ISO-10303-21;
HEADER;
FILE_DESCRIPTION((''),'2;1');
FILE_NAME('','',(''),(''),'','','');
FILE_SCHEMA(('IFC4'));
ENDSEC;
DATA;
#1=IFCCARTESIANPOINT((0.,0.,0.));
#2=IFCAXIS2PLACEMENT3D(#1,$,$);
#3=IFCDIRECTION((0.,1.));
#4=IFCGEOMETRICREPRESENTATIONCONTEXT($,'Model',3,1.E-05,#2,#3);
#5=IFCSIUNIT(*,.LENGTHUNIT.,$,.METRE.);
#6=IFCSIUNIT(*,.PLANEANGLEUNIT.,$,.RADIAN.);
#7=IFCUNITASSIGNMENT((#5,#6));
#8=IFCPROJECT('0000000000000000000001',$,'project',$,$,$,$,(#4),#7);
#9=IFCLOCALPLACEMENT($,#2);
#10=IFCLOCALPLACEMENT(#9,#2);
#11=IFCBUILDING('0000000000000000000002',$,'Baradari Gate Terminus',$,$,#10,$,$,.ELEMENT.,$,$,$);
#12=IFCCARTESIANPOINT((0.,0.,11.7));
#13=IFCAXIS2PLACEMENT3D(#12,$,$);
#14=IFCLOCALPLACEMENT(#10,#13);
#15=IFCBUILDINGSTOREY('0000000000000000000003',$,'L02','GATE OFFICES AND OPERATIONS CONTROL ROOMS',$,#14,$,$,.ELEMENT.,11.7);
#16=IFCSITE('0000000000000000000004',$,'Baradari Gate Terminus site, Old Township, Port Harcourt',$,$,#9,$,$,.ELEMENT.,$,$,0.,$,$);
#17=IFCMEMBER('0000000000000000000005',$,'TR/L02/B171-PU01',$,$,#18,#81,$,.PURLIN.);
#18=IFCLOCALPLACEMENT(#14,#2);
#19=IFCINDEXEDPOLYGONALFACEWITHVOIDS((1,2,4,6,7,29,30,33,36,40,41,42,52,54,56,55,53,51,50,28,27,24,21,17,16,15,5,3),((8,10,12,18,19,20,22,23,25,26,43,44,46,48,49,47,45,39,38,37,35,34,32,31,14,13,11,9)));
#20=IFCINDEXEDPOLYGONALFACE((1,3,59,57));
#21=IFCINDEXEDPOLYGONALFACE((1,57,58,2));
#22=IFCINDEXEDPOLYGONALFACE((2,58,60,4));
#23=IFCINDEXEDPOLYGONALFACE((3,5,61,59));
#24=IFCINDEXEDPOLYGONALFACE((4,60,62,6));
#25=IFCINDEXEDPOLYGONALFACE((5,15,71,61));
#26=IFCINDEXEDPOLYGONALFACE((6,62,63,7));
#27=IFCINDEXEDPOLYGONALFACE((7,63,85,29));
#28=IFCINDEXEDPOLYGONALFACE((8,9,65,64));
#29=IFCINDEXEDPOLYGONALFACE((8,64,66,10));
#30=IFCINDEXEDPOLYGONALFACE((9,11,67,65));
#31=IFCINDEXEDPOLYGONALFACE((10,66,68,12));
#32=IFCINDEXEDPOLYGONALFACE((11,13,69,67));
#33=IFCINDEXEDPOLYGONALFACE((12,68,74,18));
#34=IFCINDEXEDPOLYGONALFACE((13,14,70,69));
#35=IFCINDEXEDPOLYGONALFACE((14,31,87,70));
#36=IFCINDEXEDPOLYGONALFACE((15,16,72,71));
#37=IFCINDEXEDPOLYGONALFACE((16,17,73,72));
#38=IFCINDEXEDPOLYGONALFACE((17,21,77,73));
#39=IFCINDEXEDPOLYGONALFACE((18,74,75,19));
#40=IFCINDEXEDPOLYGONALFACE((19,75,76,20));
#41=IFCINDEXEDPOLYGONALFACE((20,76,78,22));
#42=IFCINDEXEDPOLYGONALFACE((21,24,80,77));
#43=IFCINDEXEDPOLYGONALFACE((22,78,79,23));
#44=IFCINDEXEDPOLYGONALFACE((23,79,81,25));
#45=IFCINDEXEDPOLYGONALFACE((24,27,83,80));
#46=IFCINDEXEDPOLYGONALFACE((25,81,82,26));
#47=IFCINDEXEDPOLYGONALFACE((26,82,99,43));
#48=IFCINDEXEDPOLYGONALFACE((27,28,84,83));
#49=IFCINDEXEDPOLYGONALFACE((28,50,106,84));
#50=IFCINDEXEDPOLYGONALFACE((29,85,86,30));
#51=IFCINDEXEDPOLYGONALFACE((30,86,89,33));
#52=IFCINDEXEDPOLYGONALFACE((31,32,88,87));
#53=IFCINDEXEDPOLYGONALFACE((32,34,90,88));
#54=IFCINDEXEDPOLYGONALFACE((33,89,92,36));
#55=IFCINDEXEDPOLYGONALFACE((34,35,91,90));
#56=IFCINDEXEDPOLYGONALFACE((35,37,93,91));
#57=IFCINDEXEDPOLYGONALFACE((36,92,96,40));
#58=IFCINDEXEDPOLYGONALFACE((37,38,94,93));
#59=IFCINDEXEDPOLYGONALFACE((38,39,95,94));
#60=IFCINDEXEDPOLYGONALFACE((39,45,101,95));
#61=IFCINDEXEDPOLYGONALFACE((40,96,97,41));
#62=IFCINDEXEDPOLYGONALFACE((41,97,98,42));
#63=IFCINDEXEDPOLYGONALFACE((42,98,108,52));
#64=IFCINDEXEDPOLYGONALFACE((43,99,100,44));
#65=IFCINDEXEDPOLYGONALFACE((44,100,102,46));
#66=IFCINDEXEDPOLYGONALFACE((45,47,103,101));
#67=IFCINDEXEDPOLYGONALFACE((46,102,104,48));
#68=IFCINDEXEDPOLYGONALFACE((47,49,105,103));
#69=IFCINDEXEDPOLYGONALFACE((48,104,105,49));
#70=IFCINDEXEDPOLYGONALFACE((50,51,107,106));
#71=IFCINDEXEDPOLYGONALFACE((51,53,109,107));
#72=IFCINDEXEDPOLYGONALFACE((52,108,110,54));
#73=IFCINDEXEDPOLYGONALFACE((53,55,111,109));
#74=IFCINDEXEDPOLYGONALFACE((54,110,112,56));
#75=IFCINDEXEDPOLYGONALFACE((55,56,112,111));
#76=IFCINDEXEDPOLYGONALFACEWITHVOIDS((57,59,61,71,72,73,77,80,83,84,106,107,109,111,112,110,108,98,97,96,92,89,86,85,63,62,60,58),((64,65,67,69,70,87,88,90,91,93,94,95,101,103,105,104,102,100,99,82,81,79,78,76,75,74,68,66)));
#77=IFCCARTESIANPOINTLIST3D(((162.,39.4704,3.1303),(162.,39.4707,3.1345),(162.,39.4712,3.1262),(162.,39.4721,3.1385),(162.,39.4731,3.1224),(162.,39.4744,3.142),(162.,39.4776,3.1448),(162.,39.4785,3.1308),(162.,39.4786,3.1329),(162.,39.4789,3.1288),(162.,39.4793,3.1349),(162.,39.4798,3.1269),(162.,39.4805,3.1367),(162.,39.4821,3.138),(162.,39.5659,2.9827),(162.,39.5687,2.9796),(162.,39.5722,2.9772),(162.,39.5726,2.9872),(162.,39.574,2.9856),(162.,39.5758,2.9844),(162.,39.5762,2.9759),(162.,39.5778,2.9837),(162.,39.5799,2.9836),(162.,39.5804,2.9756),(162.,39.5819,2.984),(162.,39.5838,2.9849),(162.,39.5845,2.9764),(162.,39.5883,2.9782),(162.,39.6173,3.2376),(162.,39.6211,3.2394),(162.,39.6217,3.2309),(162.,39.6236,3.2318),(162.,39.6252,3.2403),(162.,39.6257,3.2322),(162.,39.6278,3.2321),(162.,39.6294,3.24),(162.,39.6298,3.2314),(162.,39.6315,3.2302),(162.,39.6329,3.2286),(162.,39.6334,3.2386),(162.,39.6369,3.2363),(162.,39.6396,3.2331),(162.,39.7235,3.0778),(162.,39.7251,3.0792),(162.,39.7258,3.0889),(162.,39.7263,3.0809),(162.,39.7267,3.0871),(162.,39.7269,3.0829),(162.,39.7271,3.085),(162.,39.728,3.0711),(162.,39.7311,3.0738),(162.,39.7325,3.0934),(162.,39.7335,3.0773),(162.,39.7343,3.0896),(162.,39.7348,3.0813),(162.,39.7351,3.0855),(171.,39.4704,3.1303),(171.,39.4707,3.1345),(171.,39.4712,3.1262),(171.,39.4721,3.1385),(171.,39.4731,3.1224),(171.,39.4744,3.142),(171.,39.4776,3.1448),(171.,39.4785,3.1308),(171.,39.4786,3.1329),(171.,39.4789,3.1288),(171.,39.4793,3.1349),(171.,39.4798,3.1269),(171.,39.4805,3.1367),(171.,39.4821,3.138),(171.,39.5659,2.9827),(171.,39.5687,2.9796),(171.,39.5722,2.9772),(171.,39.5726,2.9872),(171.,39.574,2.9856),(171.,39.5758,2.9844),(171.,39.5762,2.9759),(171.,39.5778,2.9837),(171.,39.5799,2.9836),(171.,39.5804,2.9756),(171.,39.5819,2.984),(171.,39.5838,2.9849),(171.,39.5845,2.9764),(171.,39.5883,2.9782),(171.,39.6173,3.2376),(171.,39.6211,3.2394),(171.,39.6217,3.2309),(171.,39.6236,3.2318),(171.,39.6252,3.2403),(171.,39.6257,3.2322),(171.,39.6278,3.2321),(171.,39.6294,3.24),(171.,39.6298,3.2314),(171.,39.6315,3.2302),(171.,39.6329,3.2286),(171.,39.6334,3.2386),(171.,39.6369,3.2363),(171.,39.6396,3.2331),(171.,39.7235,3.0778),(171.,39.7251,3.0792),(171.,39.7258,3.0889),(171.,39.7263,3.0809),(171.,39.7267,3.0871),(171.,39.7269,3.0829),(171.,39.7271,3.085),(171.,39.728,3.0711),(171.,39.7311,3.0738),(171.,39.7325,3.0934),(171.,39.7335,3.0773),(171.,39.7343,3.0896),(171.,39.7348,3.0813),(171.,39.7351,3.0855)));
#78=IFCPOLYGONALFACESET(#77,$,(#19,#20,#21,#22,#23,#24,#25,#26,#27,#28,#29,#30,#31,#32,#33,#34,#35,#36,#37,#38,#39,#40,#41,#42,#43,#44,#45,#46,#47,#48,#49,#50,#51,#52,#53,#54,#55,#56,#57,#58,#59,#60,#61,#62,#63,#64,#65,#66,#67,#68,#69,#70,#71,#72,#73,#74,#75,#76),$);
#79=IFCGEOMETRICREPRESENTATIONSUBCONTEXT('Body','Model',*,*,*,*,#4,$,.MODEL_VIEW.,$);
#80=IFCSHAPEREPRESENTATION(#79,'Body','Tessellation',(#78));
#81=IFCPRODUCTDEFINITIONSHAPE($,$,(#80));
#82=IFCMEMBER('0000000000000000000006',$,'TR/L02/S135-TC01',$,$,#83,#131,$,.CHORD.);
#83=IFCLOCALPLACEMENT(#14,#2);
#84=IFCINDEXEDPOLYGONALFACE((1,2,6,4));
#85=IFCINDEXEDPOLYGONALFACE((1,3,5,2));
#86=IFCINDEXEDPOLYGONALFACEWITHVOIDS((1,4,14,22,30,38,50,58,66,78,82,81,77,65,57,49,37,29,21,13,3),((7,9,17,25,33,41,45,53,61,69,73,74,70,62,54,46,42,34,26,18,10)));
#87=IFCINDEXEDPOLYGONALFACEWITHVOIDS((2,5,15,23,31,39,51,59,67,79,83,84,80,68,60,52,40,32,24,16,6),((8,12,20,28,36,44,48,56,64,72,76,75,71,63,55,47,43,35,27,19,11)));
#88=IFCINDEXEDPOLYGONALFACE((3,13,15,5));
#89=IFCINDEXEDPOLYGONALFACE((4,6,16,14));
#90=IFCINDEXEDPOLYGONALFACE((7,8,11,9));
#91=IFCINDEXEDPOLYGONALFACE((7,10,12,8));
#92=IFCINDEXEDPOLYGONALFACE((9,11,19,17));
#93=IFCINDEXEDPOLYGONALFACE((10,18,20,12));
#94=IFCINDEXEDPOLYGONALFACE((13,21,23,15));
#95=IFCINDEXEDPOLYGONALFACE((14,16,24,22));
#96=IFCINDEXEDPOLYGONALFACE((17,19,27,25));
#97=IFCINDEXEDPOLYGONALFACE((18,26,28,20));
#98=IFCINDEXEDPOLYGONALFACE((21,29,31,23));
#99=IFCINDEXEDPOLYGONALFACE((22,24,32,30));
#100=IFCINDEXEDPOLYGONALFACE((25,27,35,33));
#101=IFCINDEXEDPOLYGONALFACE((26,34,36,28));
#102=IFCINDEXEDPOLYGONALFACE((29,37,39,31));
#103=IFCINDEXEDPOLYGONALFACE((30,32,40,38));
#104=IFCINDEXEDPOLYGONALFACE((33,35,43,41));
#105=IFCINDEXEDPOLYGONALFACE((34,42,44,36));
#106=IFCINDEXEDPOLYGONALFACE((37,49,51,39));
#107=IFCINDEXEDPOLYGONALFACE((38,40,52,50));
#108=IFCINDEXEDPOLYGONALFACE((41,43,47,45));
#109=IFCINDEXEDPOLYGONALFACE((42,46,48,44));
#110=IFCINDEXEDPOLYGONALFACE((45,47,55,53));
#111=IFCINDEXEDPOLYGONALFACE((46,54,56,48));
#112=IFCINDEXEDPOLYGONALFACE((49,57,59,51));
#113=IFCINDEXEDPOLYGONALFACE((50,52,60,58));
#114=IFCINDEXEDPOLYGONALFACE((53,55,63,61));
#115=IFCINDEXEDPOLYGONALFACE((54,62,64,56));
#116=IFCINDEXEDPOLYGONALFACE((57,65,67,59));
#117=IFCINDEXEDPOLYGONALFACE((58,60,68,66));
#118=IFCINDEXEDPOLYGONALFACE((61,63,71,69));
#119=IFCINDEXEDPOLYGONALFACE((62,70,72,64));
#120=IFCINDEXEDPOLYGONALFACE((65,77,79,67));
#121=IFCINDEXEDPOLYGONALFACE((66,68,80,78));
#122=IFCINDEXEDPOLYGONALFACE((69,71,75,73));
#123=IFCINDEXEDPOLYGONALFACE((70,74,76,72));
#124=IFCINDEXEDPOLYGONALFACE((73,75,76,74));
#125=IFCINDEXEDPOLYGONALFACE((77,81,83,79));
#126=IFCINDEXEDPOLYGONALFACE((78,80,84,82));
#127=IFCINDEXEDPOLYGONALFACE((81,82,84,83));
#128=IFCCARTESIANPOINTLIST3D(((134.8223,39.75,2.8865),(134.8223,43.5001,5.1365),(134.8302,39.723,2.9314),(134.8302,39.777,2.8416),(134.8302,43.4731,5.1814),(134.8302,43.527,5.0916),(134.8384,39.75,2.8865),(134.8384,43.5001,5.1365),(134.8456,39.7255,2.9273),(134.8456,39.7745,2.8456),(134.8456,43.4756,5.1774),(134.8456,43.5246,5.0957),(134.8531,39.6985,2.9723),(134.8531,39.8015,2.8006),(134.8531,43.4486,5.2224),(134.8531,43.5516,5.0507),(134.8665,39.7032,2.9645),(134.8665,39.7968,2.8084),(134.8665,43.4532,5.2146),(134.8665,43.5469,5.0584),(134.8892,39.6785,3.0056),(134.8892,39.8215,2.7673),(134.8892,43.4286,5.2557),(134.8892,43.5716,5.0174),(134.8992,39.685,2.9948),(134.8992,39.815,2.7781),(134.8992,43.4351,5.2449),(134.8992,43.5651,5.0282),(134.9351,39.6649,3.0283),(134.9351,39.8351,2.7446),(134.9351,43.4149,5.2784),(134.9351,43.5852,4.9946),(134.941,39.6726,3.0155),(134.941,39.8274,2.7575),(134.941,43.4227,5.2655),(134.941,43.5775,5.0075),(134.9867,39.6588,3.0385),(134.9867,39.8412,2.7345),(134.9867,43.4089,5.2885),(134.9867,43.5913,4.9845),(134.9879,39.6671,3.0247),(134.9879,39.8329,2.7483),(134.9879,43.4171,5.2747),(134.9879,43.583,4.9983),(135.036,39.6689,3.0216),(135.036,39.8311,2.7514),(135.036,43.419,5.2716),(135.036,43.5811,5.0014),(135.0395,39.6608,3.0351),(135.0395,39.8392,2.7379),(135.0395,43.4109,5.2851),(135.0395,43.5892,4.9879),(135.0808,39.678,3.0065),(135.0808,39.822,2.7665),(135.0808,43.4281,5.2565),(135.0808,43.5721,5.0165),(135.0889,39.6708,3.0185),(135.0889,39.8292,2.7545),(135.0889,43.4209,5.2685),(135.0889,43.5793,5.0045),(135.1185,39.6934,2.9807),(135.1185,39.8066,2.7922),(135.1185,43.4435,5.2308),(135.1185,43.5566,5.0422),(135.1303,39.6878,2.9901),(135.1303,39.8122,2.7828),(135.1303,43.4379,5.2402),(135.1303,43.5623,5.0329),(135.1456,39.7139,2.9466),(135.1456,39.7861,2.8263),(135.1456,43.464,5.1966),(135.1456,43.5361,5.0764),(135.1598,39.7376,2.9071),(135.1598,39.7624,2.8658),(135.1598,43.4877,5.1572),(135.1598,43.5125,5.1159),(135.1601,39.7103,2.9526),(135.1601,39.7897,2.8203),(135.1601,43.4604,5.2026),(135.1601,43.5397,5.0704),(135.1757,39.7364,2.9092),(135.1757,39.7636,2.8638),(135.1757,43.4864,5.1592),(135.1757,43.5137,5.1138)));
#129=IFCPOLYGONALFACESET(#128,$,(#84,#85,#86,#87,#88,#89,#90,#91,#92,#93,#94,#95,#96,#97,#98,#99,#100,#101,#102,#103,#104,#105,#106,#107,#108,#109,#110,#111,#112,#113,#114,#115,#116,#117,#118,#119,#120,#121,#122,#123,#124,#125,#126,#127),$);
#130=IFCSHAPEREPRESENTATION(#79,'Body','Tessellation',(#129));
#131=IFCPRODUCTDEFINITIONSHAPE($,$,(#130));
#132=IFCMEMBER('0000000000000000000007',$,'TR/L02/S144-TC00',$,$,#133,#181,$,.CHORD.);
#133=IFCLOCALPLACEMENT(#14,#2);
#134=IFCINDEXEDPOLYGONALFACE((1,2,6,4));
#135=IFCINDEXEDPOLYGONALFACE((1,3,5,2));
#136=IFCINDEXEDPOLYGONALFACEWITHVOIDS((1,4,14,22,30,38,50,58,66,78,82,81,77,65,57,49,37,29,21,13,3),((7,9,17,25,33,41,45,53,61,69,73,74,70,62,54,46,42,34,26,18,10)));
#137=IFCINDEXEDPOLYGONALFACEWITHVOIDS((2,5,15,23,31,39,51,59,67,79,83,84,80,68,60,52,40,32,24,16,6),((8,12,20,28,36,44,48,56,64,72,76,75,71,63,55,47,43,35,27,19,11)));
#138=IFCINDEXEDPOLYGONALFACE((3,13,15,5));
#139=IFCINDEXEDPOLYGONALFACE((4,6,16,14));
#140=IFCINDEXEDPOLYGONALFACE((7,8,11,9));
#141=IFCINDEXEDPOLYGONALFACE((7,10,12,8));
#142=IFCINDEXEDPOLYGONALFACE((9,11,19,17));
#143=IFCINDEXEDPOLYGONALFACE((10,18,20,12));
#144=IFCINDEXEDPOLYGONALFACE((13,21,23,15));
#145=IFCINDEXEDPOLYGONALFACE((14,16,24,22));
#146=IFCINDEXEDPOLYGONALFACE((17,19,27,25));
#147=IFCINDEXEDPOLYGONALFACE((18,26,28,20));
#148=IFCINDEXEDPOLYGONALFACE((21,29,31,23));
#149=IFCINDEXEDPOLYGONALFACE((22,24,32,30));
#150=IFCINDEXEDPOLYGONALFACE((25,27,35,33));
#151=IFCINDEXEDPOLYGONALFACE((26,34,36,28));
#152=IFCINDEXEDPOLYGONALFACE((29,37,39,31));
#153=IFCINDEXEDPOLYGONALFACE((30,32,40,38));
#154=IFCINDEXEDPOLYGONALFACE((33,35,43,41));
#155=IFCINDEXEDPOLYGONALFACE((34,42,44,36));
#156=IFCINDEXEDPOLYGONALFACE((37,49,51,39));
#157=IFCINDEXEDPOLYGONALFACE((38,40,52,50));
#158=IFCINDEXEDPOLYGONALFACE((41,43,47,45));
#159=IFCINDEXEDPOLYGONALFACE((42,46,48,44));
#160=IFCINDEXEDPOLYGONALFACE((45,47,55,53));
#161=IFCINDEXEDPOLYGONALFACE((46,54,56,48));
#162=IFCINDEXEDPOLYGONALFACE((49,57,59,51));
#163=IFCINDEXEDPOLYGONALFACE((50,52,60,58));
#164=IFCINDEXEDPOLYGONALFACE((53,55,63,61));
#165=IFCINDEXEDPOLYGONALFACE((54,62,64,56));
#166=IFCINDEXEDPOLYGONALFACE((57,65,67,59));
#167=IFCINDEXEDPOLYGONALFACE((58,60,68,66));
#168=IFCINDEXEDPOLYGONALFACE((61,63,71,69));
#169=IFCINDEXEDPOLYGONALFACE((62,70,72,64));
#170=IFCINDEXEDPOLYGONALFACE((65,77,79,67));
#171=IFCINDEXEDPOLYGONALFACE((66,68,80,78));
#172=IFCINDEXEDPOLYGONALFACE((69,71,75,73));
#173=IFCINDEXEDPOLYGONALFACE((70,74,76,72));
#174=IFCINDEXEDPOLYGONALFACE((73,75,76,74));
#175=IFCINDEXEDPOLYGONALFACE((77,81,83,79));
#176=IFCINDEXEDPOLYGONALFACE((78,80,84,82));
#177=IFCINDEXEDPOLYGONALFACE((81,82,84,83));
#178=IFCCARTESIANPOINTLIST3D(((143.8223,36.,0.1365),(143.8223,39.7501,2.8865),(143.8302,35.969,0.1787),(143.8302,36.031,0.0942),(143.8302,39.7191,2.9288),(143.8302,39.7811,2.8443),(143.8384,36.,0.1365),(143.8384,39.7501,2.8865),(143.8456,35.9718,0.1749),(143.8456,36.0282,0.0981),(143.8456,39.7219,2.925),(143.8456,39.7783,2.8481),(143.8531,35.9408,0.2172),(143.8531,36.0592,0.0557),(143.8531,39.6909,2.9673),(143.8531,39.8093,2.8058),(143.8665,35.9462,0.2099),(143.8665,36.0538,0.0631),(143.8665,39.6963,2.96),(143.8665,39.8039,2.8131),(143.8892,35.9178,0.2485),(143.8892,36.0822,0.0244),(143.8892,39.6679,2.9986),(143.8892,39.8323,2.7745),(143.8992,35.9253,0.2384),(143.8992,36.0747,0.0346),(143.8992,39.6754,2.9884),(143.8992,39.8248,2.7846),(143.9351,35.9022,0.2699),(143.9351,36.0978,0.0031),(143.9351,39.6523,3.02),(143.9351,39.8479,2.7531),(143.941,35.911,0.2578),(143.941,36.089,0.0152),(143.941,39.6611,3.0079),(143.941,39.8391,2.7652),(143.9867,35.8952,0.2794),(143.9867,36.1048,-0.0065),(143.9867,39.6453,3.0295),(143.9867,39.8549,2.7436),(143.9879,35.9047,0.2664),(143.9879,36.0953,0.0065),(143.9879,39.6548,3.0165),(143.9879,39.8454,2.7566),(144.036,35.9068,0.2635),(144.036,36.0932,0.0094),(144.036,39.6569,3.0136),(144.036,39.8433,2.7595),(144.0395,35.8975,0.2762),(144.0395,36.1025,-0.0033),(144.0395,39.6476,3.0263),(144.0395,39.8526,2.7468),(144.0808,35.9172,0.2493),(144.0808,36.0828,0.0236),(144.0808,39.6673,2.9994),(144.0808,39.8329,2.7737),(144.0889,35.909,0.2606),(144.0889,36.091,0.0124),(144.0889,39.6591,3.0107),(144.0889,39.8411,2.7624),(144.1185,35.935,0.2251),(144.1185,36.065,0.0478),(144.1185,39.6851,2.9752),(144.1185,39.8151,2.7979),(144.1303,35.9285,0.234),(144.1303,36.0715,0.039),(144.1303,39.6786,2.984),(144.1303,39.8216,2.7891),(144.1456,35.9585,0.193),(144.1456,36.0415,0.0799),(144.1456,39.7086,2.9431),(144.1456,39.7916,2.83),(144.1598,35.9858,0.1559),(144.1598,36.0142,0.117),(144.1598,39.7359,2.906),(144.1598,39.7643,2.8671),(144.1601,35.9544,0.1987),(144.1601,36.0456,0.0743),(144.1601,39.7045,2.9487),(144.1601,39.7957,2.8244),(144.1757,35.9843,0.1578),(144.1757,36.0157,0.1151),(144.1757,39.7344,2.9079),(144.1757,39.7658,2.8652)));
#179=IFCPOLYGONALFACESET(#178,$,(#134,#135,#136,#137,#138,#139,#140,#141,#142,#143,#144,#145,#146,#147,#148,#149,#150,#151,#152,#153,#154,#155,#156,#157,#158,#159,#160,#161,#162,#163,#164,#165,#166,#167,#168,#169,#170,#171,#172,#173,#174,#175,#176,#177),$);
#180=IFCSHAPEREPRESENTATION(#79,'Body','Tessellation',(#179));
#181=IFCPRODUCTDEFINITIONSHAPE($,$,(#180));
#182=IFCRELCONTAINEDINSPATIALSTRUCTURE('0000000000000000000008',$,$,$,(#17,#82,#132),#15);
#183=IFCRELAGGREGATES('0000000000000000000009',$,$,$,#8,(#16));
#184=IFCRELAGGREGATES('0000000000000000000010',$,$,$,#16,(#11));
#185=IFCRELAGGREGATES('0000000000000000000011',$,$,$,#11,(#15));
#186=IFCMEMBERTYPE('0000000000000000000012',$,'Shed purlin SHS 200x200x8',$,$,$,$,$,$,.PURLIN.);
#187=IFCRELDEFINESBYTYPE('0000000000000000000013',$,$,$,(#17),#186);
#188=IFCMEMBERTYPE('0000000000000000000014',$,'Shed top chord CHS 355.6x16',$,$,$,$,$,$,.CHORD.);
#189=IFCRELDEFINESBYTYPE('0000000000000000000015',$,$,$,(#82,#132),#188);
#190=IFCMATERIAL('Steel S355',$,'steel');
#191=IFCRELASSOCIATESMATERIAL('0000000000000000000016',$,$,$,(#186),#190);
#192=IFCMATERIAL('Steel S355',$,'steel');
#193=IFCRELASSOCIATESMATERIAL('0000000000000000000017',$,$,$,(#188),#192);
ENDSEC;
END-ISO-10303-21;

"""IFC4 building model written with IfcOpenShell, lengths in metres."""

from ifc_helpers import new_model, si_unit, direction, frame, origin, origin_2d, place, context, subcontext, project, spatial, hollow_rectangle, hollow_circle, extrude, material, material_profile, profile_set, type_object, element, save


model = new_model("IFC4")

# Units and contexts
model_context = context("Model", 3, precision=1e-05, world=origin(), true_north=direction((0.0, 1.0)))
body_context = subcontext(model_context, "Body", "Model", "MODEL_VIEW")
ifc_project = project(units=[si_unit("LENGTHUNIT", "METRE"), si_unit("PLANEANGLEUNIT", "RADIAN")], contexts=[model_context])

# Site, building, storey
site_placement = place(None, origin())
site = spatial("IfcSite", under=ifc_project, at=site_placement, Name="Baradari Gate Terminus site, Old Township, Port Harcourt", CompositionType="ELEMENT", RefElevation=0.0)
building_placement = place(site_placement, origin())
building = spatial("IfcBuilding", under=site, at=building_placement, Name="Baradari Gate Terminus", CompositionType="ELEMENT")
storey_placement = place(building_placement, frame((0.0, 0.0, 11.7)))
storey = spatial("IfcBuildingStorey", under=building, at=storey_placement, Name="L02", Description="GATE OFFICES AND OPERATIONS CONTROL ROOMS", CompositionType="ELEMENT", Elevation=11.7)

# Members
ifc_material_1 = material(Name="Steel S355", Category="steel")
ifc_material_profile_1 = material_profile(ifc_material_1, hollow_rectangle(XDim=0.2, YDim=0.2, WallThickness=0.0081, InnerFilletRadius=0.0081, OuterFilletRadius=0.0161, at=origin_2d()), Name="SHS 200x200x8")
ifc_profile_set_1 = profile_set([ifc_material_profile_1], Name="Steel S355")
member_type_1 = type_object("IfcMemberType", Name="Shed purlin SHS 200x200x8", PredefinedType="PURLIN", material=ifc_profile_set_1)
for number, where, z_axis, x_axis, name in (
    (1, (162.0, 39.6028, 3.1079), (1.0, 0.0, 0.0), (0.0, 0.832836, 0.553519), "TR/L02/B171-PU01"),
):
    element("IfcMember", number, at=place(storey_placement, frame(where, z_axis=z_axis, x_axis=x_axis)), inside=storey, type_object=member_type_1, Name=name, PredefinedType="PURLIN", context=body_context, shape_type="SweptSolid", body=[
        extrude(hollow_rectangle(XDim=0.2, YDim=0.2, WallThickness=0.0081, InnerFilletRadius=0.0081, OuterFilletRadius=0.0161, at=origin_2d()), origin(), (0.0, 0.0, 1.0), 9.0),
    ])
ifc_material_2 = material(Name="Steel S355", Category="steel")
ifc_material_profile_2 = material_profile(ifc_material_2, hollow_circle(Radius=0.1777, WallThickness=0.0161, at=origin_2d()), Name="CHS 355.6x16")
ifc_profile_set_2 = profile_set([ifc_material_profile_2], Name="Steel S355")
member_type_2 = type_object("IfcMemberType", Name="Shed top chord CHS 355.6x16", PredefinedType="CHORD", material=ifc_profile_set_2)
member_1_placement = place(storey_placement, frame((135.0, 39.75, 2.8865), z_axis=(0.0, 0.857493, 0.514496), x_axis=(-1.0, 0.0, 0.0)))
element("IfcMember", 2, at=member_1_placement, inside=storey, type_object=member_type_2, Name="TR/L02/S135-TC01", PredefinedType="CHORD", context=body_context, shape_type="SweptSolid", body=[
    extrude(hollow_circle(Radius=0.1777, WallThickness=0.0161, at=origin_2d()), origin(), (0.0, 0.0, 1.0), 4.3733),
])
for number, where, z_axis, x_axis, name in (
    (3, (144.0, 36.0, 0.1365), (0.0, 0.806405, 0.591364), (-1.0, 0.0, 0.0), "TR/L02/S144-TC00"),
):
    element("IfcMember", number, at=place(storey_placement, frame(where, z_axis=z_axis, x_axis=x_axis)), inside=storey, type_object=member_type_2, Name=name, PredefinedType="CHORD", context=body_context, shape_type="SweptSolid", body=[
        extrude(hollow_circle(Radius=0.1777, WallThickness=0.0161, at=origin_2d()), origin(), (0.0, 0.0, 1.0), 4.6504),
    ])

save(model, "model.ifc")
